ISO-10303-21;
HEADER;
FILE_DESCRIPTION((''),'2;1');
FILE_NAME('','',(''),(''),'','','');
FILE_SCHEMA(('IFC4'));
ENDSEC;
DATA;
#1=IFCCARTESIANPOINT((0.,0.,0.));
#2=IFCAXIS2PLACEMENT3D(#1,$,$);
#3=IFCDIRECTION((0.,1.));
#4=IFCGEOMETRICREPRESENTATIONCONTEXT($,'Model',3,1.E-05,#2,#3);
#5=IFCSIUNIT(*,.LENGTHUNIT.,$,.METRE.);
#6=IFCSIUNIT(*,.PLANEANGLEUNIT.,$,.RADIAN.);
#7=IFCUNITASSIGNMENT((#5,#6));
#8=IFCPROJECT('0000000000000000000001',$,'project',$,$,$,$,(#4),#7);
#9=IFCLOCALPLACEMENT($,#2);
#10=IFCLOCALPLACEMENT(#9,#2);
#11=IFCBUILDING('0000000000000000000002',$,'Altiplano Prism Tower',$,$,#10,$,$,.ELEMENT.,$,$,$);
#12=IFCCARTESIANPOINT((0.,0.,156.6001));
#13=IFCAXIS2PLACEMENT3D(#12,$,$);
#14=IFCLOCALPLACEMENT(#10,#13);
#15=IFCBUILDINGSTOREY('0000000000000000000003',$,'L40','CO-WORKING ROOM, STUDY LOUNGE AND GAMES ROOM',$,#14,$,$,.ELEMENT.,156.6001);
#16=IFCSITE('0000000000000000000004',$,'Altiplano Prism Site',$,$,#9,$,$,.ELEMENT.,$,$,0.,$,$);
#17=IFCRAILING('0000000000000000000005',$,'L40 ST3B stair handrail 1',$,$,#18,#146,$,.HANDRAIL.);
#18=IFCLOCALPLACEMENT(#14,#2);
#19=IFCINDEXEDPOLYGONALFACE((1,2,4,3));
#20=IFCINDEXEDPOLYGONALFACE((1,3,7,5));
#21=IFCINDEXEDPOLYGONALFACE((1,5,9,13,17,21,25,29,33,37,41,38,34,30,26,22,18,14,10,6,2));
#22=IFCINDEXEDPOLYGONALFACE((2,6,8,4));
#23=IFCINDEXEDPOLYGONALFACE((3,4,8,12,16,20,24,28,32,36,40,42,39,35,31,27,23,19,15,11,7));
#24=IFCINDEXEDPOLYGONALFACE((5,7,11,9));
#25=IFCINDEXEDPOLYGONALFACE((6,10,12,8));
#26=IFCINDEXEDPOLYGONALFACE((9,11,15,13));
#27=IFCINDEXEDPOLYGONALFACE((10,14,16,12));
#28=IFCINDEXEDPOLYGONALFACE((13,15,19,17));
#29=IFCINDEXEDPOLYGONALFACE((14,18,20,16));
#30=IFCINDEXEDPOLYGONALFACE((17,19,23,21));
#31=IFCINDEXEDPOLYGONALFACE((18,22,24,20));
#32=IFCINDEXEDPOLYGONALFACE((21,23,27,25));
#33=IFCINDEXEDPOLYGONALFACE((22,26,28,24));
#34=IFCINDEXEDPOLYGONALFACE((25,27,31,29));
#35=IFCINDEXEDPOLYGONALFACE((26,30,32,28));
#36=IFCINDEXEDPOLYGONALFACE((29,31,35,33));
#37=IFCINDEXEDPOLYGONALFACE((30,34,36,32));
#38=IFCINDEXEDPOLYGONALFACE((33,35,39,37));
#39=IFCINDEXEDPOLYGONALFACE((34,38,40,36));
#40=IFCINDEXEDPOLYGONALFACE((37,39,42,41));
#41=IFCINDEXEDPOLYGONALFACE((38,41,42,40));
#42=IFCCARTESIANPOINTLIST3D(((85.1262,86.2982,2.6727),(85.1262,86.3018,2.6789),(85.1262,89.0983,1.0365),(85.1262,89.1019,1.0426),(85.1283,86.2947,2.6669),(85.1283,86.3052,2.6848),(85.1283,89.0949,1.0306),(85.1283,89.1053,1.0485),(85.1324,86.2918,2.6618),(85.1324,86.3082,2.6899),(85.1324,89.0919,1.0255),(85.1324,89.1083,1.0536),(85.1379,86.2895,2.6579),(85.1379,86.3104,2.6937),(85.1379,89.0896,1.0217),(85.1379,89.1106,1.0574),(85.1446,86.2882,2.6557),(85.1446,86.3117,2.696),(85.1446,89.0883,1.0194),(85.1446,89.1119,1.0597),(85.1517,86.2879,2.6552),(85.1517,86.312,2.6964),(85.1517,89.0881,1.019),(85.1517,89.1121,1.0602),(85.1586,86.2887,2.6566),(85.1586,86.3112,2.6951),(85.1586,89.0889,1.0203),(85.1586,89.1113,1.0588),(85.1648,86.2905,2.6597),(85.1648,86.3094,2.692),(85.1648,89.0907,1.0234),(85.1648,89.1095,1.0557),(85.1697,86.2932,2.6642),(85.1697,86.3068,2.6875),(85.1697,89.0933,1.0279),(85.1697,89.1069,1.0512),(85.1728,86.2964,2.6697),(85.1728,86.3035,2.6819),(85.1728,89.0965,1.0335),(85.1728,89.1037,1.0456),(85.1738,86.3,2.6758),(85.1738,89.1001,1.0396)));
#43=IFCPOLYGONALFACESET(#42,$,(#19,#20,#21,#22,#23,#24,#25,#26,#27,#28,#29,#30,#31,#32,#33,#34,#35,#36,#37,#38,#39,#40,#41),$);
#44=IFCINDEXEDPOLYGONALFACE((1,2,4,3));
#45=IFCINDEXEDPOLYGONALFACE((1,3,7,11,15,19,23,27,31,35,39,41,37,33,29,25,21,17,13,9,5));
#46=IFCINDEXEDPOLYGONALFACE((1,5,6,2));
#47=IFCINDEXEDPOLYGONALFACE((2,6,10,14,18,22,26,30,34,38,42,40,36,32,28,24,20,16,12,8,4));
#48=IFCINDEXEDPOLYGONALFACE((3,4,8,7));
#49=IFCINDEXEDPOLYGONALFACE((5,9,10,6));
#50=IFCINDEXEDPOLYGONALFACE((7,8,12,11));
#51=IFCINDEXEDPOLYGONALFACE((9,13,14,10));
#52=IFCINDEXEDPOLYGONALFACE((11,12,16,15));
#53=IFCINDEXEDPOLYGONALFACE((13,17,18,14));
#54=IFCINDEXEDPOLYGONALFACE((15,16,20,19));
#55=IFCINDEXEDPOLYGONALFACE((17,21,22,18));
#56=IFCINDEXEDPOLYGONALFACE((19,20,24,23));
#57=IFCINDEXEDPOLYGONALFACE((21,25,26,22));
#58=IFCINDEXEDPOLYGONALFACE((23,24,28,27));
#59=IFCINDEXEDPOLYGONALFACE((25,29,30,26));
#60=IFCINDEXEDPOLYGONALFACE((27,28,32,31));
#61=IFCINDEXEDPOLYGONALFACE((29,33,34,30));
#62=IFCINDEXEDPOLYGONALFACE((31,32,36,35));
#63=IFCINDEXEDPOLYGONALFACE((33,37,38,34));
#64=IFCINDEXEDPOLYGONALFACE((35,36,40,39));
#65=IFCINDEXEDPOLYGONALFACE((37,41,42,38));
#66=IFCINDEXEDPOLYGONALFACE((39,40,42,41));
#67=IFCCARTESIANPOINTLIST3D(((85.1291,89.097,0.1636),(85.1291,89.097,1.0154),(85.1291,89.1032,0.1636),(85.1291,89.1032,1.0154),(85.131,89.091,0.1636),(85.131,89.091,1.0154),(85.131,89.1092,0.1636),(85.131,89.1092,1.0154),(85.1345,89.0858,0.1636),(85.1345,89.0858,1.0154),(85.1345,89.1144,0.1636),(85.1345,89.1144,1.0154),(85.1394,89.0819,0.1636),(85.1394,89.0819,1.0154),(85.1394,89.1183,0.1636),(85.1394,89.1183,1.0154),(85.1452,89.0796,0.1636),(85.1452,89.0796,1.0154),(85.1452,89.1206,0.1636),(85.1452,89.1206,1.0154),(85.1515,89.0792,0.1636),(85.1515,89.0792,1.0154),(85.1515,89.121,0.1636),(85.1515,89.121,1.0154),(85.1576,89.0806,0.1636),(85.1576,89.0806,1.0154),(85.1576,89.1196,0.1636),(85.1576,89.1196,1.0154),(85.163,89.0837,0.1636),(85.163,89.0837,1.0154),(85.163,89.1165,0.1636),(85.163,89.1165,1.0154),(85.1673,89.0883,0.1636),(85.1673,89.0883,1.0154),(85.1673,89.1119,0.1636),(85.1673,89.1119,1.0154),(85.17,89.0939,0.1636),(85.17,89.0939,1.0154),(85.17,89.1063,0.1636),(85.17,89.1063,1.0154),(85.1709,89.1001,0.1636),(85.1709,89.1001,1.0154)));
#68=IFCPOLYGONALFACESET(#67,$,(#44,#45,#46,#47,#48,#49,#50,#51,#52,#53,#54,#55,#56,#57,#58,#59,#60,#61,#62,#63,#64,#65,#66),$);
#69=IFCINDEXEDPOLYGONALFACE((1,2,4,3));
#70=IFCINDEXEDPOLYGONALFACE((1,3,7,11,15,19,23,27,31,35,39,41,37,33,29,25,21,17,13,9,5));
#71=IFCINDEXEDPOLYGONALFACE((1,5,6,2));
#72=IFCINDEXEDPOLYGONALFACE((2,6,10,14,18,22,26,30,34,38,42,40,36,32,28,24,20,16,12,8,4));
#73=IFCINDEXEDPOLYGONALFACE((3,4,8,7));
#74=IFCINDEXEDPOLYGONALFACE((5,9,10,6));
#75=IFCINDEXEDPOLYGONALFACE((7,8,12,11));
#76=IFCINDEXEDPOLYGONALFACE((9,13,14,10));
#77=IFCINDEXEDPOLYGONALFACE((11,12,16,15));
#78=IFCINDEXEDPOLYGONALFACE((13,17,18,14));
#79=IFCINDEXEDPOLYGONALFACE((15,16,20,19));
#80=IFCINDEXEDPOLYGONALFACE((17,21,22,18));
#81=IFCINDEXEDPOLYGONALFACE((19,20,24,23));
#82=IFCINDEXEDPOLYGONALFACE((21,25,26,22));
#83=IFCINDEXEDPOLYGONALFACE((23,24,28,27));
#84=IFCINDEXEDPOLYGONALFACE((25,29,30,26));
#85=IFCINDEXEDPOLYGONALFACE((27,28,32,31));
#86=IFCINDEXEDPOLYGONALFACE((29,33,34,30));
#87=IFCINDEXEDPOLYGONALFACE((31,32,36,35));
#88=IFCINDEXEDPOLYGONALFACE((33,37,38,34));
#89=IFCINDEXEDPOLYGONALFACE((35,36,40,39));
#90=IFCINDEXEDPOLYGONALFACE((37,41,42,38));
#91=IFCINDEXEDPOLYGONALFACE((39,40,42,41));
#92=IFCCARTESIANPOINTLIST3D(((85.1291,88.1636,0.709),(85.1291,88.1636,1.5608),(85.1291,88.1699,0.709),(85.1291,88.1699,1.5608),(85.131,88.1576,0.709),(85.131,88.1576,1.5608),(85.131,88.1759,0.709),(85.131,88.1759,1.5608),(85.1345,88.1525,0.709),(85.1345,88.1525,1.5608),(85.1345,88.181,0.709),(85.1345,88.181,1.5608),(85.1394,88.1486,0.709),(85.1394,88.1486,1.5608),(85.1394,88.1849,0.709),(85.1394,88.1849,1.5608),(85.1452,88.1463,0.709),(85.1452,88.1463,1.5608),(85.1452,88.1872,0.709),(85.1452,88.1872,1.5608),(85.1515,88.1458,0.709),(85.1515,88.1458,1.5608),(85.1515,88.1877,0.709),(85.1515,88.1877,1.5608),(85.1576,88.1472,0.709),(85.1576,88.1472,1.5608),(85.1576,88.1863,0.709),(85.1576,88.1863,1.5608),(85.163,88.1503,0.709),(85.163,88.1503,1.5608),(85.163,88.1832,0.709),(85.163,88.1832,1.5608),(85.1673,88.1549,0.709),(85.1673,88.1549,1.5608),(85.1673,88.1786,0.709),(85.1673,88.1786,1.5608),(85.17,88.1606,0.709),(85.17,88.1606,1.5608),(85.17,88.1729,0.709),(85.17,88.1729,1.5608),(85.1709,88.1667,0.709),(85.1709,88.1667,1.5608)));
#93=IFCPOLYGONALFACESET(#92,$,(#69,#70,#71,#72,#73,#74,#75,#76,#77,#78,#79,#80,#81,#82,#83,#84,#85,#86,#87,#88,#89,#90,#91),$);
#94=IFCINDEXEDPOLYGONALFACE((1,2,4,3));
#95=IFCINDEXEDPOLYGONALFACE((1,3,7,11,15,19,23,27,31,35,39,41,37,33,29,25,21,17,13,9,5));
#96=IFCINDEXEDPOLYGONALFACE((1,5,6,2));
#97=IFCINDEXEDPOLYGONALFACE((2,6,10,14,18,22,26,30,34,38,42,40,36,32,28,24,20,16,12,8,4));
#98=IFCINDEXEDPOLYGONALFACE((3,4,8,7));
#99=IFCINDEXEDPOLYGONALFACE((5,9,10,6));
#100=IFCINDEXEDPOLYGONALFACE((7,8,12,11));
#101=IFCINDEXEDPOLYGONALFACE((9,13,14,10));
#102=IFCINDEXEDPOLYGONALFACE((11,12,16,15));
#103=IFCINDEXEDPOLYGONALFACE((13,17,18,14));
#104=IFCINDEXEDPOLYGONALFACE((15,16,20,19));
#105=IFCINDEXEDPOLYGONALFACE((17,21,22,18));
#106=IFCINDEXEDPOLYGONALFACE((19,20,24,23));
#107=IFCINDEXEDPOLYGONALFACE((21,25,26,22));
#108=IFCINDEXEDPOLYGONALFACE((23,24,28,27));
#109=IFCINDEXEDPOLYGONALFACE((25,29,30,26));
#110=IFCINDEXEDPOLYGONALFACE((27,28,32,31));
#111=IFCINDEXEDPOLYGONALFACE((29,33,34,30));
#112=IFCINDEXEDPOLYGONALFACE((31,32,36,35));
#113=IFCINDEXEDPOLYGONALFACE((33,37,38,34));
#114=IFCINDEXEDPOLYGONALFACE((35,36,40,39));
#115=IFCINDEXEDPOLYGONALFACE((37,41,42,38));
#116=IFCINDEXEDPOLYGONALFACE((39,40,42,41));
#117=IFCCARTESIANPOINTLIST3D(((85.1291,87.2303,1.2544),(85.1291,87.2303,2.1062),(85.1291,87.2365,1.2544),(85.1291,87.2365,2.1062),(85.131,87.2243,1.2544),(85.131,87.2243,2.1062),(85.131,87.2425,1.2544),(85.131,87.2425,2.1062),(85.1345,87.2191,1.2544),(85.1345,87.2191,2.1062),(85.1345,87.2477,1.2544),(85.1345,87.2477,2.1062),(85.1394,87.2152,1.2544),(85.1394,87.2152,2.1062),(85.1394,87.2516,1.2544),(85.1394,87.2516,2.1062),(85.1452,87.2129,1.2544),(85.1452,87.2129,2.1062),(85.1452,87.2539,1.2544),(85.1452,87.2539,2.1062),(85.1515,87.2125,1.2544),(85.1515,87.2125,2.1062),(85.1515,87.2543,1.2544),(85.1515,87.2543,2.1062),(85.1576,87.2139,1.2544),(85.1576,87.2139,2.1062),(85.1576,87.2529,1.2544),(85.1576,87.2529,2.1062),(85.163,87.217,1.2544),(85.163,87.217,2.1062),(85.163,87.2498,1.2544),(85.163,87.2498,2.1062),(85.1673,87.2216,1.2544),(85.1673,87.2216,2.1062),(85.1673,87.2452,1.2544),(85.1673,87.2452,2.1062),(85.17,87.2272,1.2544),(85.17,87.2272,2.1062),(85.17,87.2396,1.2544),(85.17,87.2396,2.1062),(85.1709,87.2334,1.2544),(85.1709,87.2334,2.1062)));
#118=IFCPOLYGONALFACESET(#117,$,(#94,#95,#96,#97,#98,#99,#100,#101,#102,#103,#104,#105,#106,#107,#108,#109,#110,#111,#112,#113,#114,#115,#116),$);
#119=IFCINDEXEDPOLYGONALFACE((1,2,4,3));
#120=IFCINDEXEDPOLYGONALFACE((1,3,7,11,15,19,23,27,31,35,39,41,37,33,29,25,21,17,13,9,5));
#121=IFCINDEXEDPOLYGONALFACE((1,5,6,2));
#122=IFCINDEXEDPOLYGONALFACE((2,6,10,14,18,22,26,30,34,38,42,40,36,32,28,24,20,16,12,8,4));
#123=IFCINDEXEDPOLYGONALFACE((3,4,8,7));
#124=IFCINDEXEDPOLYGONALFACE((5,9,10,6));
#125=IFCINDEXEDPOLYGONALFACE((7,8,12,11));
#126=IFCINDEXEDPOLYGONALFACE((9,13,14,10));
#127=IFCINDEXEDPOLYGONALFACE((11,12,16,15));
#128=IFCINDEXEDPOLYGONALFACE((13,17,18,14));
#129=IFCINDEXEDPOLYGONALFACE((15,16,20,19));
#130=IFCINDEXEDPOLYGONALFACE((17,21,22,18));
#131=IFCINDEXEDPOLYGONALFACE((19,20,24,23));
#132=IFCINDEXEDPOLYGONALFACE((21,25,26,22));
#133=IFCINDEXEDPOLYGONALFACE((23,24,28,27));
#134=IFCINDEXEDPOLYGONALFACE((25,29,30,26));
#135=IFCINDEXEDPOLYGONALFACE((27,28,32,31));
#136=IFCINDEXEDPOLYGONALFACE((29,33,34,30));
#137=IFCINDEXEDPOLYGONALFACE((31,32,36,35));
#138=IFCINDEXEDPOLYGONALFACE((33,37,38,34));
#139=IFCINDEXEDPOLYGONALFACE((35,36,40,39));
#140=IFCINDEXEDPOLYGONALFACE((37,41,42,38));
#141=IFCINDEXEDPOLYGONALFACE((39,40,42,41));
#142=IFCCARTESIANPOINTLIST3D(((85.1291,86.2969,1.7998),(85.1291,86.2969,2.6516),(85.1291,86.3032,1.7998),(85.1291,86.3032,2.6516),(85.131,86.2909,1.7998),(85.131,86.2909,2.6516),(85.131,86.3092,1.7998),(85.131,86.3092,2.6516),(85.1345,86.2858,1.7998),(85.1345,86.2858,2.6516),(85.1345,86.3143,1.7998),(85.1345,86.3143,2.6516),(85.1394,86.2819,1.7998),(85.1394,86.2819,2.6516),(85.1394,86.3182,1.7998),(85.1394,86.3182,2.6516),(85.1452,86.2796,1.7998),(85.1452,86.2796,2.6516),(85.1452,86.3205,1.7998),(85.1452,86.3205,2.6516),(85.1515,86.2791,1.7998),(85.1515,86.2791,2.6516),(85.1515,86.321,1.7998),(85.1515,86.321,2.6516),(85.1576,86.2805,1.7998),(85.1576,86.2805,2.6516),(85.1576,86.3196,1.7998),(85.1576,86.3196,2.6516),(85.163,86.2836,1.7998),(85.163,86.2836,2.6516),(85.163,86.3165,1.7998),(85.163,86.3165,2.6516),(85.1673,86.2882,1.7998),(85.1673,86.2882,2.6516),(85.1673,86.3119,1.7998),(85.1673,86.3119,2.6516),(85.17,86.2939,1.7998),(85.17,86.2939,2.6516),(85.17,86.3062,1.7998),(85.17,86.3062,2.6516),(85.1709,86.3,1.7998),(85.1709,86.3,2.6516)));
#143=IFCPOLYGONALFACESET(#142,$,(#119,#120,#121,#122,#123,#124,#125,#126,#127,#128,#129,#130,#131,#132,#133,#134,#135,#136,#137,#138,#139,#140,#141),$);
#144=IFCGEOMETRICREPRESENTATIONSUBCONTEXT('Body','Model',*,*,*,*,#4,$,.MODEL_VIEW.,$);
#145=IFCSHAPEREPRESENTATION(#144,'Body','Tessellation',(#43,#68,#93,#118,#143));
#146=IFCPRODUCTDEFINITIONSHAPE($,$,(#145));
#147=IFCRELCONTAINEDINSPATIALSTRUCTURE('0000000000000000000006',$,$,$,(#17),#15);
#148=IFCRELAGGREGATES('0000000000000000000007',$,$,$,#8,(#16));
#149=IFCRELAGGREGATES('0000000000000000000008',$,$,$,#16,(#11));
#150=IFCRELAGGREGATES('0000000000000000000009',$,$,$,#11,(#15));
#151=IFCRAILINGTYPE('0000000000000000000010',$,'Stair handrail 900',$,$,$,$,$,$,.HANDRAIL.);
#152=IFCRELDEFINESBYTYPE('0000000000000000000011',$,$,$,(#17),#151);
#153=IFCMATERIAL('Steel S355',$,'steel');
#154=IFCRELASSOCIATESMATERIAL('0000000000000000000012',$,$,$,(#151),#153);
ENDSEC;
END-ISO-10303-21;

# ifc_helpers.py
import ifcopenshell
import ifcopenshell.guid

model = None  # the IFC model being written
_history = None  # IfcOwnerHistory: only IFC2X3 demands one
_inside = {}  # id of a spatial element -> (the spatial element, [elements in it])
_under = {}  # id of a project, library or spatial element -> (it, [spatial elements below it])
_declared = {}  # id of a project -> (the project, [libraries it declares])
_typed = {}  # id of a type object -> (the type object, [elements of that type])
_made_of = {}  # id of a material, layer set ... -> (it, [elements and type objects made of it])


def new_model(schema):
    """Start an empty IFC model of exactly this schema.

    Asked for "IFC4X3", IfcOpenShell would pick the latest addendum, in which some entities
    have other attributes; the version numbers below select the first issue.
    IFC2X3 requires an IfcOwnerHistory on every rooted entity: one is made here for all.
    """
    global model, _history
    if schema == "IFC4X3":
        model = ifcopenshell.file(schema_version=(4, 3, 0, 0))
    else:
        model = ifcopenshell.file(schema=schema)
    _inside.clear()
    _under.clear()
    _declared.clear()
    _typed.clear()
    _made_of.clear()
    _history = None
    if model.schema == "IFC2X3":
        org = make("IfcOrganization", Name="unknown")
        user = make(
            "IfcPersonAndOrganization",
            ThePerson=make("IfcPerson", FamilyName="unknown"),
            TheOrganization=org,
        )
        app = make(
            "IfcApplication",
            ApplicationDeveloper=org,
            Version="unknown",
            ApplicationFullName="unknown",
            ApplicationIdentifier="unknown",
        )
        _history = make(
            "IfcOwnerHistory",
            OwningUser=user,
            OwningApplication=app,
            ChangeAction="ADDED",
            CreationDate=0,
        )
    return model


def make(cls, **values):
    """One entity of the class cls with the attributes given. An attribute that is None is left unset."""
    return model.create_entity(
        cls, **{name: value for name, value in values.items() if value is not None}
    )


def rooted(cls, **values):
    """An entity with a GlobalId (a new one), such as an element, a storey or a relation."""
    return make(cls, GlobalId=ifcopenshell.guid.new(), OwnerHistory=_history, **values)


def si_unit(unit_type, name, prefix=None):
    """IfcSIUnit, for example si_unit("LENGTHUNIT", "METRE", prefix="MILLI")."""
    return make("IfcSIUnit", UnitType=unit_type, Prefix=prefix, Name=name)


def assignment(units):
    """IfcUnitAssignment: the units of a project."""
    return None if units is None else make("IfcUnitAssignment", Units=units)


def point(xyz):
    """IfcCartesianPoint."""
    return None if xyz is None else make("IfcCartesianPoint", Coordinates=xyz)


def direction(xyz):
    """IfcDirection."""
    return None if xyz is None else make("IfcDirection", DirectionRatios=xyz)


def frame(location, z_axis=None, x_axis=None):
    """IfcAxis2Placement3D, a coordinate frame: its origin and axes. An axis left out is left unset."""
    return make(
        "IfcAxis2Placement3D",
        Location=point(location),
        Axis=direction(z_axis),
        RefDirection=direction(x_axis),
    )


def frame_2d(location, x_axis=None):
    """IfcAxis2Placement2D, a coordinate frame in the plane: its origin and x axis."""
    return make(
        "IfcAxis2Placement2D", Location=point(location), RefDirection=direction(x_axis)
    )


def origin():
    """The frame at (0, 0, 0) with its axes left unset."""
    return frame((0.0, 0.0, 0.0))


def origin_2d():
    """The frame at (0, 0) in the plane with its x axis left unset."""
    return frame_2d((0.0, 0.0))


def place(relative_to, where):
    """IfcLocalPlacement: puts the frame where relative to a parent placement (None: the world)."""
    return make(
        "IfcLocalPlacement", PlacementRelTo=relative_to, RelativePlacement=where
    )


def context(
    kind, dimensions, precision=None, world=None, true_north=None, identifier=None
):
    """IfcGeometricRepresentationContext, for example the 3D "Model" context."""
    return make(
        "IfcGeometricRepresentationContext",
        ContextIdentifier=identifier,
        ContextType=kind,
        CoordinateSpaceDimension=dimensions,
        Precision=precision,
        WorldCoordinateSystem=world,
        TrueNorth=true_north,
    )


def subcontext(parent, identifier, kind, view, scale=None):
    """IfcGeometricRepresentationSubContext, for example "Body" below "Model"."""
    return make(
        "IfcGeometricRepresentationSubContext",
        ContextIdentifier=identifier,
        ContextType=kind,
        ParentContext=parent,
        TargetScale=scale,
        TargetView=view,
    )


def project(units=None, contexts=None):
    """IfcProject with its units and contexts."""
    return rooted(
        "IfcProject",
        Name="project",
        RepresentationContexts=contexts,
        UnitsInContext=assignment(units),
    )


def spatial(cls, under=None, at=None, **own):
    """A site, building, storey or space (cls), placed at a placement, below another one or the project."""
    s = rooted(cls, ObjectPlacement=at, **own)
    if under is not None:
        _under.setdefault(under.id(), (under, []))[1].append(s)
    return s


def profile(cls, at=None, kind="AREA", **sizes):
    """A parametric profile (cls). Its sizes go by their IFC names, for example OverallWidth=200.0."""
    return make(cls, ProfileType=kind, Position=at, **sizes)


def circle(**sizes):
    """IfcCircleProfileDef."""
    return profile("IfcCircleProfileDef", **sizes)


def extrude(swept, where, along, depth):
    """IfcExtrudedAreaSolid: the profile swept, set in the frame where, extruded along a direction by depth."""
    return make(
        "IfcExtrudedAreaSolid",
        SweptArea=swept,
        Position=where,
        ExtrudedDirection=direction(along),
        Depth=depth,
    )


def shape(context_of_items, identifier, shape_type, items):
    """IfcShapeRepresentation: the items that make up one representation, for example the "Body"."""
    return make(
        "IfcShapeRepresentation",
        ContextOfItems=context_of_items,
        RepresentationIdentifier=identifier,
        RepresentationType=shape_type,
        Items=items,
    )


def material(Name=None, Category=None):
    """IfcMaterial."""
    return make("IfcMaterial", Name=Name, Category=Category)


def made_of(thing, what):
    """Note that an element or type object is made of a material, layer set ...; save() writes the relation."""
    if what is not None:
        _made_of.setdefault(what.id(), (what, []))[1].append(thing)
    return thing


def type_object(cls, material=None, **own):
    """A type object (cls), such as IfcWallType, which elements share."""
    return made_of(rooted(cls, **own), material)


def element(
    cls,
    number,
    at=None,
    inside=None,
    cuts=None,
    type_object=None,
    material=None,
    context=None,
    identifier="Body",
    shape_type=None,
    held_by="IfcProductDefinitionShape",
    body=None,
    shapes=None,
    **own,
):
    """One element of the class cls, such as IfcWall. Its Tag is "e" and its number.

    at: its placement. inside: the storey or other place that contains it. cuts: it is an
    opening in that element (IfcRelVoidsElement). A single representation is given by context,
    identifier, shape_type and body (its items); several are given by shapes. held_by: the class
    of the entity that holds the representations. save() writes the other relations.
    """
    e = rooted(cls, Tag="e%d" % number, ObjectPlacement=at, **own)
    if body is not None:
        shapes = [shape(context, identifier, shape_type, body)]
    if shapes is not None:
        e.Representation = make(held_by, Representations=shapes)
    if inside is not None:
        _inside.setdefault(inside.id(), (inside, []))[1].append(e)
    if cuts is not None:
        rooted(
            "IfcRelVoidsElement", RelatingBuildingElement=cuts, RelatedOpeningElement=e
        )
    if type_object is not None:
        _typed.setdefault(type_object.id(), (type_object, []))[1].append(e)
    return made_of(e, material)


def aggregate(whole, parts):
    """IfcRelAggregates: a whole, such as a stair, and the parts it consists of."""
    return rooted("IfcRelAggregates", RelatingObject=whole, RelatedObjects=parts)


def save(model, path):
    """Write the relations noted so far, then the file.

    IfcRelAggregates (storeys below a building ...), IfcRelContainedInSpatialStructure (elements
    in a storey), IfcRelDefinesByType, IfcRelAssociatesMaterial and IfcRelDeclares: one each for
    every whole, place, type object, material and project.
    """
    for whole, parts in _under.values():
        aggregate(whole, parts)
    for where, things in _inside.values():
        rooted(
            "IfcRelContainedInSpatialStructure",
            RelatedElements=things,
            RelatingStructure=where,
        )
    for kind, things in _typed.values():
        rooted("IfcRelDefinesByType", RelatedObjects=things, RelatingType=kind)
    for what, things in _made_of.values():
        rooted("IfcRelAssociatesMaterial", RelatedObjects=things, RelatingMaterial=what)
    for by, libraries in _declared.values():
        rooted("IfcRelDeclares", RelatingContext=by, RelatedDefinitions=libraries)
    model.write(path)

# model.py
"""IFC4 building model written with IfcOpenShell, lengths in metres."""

from ifc_helpers import new_model, si_unit, direction, frame, origin, origin_2d, place, context, subcontext, project, spatial, circle, extrude, material, type_object, element, save


model = new_model("IFC4")

# Units and contexts
model_context = context("Model", 3, precision=1e-05, world=origin(), true_north=direction((0.0, 1.0)))
body_context = subcontext(model_context, "Body", "Model", "MODEL_VIEW")
ifc_project = project(units=[si_unit("LENGTHUNIT", "METRE"), si_unit("PLANEANGLEUNIT", "RADIAN")], contexts=[model_context])

# Site, building, storey
site_placement = place(None, origin())
site = spatial("IfcSite", under=ifc_project, at=site_placement, Name="Altiplano Prism Site", CompositionType="ELEMENT", RefElevation=0.0)
building_placement = place(site_placement, origin())
building = spatial("IfcBuilding", under=site, at=building_placement, Name="Altiplano Prism Tower", CompositionType="ELEMENT")
storey_placement = place(building_placement, frame((0.0, 0.0, 156.6001)))
storey = spatial("IfcBuildingStorey", under=building, at=storey_placement, Name="L40", Description="CO-WORKING ROOM, STUDY LOUNGE AND GAMES ROOM", CompositionType="ELEMENT", Elevation=156.6001)

# Railing
ifc_material_1 = material(Name="Steel S355", Category="steel")
railing_type_1 = type_object("IfcRailingType", Name="Stair handrail 900", PredefinedType="HANDRAIL", material=ifc_material_1)
railing_1_placement = place(storey_placement, frame((85.1499, 89.1001, 0.1636)))
element("IfcRailing", 1, at=railing_1_placement, inside=storey, type_object=railing_type_1, Name="L40 ST3B stair handrail 1", PredefinedType="HANDRAIL", context=body_context, shape_type="SweptSolid", body=[
    extrude(circle(Radius=0.0239, at=origin_2d()), frame((0.0, 0.0, 0.876), z_axis=(0.0, -0.863394, 0.504531), x_axis=(1.0, 0.0, 0.0)), (0.0, 0.0, 1.0), 3.2432),
    extrude(circle(Radius=0.021, at=origin_2d()), origin(), (0.0, 0.0, 1.0), 0.8518),
    extrude(circle(Radius=0.021, at=origin_2d()), frame((0.0, -0.9333, 0.5454)), (0.0, 0.0, 1.0), 0.8518),
    extrude(circle(Radius=0.021, at=origin_2d()), frame((0.0, -1.8667, 1.0908)), (0.0, 0.0, 1.0), 0.8518),
    extrude(circle(Radius=0.021, at=origin_2d()), frame((0.0, -2.8, 1.6362)), (0.0, 0.0, 1.0), 0.8518),
])

save(model, "model.ifc")
